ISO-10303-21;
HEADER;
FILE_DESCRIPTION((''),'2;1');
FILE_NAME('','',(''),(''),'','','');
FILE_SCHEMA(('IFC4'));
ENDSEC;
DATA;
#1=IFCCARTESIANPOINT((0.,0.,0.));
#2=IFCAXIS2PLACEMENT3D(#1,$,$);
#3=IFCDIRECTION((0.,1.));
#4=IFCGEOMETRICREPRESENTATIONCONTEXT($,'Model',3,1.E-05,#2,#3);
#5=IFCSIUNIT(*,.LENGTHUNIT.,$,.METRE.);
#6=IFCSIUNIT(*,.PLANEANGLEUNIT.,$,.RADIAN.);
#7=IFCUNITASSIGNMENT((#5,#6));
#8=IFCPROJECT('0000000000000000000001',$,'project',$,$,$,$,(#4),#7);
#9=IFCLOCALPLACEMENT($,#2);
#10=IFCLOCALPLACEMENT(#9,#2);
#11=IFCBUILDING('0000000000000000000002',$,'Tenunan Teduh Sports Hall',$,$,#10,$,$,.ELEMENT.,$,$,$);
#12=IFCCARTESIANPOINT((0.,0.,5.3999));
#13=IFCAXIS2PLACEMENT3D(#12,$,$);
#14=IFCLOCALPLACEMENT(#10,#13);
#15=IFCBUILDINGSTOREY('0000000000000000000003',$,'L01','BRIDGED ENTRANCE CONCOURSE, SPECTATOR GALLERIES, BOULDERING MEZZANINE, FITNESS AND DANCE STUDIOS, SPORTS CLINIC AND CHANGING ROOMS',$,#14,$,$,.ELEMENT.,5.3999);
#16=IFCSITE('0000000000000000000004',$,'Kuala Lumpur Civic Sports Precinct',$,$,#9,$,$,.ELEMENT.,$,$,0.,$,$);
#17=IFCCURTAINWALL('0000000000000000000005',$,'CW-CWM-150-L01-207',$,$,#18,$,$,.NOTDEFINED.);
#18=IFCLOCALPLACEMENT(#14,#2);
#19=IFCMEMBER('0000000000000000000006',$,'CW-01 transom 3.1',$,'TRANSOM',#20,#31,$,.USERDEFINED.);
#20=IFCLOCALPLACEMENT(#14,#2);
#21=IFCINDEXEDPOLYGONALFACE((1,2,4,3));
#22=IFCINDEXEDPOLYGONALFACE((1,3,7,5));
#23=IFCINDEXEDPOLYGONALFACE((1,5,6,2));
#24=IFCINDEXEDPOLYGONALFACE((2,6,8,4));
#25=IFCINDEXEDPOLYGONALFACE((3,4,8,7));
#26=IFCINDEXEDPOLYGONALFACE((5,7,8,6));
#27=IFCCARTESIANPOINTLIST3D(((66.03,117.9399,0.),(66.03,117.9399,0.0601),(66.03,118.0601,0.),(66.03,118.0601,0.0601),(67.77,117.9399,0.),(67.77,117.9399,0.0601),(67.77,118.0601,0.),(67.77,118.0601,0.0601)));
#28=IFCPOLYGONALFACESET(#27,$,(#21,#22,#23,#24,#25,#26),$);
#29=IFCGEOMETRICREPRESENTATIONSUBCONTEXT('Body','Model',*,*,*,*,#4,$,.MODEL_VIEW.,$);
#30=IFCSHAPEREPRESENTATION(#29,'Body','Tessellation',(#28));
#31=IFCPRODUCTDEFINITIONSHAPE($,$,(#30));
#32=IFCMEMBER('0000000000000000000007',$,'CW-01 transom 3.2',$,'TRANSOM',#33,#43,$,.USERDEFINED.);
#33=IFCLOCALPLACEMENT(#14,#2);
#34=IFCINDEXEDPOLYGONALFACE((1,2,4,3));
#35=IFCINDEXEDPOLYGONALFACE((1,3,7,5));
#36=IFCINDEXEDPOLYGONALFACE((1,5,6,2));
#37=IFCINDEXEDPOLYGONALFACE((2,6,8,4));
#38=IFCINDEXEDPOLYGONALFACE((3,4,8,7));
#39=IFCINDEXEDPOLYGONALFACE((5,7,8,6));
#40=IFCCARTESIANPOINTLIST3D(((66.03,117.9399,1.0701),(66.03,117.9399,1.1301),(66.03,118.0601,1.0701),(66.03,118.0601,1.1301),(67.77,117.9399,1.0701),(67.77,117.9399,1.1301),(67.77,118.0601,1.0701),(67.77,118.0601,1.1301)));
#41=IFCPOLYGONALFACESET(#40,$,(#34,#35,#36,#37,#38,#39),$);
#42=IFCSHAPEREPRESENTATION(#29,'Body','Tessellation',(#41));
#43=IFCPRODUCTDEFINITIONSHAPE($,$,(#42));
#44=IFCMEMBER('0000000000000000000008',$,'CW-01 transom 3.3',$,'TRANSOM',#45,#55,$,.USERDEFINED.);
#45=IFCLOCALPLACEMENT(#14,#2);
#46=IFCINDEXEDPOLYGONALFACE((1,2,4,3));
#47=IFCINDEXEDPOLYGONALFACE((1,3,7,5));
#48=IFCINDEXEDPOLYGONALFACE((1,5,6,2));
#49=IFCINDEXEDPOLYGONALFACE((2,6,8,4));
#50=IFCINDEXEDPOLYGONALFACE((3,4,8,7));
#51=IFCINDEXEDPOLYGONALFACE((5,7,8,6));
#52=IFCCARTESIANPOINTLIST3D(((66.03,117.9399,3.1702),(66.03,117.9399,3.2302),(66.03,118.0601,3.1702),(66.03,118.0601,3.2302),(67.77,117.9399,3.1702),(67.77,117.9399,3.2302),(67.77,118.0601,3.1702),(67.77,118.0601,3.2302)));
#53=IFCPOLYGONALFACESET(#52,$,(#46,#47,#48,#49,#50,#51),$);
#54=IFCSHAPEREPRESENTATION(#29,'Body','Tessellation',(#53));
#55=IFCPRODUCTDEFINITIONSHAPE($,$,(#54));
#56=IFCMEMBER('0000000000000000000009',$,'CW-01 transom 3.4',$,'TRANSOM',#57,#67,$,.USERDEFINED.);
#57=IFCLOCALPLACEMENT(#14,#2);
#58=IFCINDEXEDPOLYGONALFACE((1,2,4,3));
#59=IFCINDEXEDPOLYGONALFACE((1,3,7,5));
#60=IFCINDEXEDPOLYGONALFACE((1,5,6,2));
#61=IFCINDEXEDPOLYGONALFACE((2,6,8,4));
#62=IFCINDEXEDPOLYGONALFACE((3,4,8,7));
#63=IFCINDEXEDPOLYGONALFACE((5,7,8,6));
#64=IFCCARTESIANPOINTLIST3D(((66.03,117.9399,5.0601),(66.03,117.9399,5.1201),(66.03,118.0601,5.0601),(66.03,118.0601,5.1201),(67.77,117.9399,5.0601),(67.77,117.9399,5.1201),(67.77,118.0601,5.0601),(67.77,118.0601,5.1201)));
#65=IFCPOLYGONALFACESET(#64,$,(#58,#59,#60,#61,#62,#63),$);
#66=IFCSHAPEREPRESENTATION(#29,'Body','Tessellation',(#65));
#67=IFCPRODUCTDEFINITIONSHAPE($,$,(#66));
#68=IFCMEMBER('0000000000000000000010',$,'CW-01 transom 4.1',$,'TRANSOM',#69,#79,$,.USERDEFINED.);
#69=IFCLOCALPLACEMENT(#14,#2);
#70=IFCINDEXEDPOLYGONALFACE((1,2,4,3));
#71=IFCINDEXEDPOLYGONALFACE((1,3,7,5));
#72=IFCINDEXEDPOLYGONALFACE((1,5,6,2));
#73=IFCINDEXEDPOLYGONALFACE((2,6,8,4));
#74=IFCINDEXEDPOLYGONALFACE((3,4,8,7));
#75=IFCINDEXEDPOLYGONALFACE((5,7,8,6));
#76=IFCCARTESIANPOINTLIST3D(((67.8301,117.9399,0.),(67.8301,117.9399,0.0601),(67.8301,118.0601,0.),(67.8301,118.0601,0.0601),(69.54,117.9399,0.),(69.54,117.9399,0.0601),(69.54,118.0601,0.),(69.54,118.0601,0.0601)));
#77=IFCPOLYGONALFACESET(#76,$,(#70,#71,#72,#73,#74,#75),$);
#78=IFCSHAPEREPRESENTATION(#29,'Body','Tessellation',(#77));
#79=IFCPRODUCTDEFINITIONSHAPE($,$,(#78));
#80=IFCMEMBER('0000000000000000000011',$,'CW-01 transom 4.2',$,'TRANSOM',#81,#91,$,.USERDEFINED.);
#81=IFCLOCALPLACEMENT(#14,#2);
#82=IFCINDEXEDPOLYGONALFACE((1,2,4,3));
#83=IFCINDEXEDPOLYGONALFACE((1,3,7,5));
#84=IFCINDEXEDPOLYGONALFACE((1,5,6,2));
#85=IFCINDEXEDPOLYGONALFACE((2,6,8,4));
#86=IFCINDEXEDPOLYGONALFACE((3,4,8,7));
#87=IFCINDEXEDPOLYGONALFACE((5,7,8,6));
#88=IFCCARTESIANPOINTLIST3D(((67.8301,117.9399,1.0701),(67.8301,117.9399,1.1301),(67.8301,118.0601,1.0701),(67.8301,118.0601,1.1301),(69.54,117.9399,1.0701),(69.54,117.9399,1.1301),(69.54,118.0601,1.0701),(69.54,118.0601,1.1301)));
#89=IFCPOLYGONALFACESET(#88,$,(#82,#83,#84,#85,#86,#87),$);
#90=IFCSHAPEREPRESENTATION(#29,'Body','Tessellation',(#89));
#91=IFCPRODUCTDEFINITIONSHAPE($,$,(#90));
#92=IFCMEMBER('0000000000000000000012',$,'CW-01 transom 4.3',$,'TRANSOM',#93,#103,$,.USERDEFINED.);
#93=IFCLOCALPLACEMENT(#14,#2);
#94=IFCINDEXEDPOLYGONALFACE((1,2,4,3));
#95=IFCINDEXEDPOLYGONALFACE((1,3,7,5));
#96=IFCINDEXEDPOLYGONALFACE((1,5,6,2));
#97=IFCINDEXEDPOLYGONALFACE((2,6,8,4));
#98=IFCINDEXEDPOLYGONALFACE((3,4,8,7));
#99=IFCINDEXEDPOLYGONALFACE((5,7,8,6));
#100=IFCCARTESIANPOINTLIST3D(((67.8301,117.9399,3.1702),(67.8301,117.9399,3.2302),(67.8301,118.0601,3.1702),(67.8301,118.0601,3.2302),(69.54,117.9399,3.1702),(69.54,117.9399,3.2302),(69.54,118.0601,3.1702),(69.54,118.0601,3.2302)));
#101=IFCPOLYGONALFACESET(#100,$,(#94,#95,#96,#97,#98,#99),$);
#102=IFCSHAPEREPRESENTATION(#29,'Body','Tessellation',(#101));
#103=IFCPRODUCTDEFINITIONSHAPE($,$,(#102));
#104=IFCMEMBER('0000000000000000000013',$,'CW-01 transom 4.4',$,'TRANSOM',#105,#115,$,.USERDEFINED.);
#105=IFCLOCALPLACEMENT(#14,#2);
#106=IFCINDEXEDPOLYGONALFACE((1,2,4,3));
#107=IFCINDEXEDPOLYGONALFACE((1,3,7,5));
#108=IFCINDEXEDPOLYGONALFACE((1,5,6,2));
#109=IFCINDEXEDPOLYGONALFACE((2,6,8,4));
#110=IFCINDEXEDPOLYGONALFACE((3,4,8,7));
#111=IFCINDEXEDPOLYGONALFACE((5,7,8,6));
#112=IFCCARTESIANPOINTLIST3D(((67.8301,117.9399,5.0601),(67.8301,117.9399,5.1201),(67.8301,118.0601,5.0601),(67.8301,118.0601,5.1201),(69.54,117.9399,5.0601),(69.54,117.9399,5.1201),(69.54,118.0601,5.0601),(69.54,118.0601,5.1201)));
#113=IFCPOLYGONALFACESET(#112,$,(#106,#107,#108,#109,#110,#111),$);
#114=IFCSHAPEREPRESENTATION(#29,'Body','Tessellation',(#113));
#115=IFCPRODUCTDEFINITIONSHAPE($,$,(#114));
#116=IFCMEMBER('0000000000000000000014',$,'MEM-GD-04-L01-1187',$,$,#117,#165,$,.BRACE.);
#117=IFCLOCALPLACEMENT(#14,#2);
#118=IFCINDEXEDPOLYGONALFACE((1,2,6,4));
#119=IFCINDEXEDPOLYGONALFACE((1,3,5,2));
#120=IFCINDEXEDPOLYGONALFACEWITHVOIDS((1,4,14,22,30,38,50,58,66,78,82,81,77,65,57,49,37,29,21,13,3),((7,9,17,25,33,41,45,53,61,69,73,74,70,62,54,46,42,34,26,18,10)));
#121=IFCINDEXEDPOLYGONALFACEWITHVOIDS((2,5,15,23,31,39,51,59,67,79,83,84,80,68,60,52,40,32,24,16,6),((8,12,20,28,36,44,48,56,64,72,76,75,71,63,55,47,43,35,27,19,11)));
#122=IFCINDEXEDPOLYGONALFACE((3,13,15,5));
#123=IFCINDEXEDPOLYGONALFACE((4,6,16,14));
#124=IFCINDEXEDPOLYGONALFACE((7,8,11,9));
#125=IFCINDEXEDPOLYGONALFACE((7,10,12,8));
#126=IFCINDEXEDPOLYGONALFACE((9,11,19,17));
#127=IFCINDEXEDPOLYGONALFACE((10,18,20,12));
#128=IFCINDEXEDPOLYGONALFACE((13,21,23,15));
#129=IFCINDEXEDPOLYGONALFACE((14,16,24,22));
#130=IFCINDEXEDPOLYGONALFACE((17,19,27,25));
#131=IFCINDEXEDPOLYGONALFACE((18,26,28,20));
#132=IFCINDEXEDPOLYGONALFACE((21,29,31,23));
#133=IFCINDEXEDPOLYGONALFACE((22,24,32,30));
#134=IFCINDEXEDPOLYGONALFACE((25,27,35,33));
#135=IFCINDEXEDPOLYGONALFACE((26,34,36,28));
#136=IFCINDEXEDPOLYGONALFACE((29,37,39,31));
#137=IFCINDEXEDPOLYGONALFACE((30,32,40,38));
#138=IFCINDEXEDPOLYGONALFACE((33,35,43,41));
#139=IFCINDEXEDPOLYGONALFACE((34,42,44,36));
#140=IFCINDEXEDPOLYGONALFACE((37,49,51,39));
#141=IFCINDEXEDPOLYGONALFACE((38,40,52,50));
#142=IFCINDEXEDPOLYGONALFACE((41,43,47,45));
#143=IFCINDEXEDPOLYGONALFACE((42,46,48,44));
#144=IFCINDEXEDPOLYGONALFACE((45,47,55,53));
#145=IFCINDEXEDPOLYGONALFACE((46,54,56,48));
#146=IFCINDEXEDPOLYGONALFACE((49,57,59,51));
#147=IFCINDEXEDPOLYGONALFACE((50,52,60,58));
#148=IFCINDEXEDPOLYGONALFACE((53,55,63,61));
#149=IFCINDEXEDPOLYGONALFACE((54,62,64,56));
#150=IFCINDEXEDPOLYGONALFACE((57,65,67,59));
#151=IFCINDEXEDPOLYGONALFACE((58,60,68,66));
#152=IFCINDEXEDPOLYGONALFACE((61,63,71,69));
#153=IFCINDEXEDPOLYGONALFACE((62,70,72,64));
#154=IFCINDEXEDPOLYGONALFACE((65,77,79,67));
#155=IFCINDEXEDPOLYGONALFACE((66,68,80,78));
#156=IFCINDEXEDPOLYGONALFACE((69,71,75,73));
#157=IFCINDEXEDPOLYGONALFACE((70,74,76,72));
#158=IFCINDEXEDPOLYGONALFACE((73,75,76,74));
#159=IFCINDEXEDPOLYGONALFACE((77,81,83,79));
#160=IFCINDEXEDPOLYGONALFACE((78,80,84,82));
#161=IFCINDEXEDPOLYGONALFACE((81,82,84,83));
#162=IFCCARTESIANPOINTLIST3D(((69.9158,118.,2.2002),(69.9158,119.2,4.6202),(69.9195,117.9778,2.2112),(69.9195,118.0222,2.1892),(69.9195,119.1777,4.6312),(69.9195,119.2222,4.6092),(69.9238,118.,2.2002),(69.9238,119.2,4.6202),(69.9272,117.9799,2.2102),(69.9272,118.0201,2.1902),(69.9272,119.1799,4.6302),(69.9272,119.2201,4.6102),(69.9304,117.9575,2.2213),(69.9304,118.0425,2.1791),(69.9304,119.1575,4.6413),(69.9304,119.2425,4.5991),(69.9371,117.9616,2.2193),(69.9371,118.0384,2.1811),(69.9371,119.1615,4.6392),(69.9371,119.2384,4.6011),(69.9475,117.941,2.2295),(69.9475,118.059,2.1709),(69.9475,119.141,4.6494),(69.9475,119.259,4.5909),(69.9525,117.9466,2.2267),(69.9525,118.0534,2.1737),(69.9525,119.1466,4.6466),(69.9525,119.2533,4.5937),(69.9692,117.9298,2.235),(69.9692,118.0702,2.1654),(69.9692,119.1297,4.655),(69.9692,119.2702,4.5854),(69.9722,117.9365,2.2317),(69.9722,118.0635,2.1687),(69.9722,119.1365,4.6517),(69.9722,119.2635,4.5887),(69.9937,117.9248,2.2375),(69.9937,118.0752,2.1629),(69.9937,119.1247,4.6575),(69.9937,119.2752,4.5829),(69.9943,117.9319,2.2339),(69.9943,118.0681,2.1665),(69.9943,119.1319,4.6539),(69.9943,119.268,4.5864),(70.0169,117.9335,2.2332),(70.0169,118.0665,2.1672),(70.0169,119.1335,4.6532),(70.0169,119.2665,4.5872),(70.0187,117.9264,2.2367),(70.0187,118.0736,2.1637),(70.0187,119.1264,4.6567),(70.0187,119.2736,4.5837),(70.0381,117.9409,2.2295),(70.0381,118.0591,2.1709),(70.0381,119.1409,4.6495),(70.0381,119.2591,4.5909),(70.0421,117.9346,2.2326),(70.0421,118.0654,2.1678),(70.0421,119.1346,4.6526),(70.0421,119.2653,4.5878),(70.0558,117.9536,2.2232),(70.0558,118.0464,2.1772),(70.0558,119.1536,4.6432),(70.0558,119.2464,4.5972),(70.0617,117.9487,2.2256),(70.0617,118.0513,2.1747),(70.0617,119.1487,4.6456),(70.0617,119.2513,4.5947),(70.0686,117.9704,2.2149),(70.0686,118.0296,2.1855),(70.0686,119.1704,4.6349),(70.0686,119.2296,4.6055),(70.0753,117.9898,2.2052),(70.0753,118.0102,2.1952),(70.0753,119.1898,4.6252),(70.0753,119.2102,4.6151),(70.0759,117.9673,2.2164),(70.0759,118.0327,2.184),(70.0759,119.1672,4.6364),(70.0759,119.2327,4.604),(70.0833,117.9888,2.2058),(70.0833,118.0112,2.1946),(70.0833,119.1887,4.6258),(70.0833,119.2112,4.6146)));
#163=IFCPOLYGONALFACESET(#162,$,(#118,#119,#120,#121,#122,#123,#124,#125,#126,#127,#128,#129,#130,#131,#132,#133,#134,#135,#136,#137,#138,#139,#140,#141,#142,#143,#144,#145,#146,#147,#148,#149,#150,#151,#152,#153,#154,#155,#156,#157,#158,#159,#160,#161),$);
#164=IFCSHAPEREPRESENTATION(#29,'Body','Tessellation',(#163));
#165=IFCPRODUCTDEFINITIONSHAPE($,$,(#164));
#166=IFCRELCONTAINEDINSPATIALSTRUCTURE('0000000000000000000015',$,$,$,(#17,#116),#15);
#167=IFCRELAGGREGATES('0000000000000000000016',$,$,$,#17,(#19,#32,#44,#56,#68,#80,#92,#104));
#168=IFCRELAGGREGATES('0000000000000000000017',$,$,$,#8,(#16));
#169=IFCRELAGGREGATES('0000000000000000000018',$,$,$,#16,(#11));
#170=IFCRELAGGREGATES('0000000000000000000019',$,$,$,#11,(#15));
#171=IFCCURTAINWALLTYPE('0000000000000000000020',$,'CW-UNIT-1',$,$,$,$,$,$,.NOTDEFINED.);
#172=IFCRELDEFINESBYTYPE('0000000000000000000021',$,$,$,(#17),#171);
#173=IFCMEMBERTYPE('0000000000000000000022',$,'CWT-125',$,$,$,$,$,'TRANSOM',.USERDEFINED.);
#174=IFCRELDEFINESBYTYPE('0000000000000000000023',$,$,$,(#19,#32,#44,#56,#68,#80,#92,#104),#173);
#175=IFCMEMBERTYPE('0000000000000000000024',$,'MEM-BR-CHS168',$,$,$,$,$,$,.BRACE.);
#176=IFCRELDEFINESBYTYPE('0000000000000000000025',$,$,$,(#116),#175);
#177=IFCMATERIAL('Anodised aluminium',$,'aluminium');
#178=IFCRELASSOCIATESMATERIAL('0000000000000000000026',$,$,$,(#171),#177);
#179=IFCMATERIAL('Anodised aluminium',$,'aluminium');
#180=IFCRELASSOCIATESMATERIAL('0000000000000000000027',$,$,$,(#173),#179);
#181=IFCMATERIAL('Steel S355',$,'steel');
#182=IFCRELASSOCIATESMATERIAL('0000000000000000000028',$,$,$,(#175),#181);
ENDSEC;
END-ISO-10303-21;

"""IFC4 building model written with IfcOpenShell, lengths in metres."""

from ifc_helpers import new_model, si_unit, direction, frame, origin, origin_2d, place, context, subcontext, project, spatial, rectangle, hollow_circle, extrude, material, material_profile, profile_set, type_object, element, aggregate, save


model = new_model("IFC4")

# Units and contexts
model_context = context("Model", 3, precision=1e-05, world=origin(), true_north=direction((0.0, 1.0)))
body_context = subcontext(model_context, "Body", "Model", "MODEL_VIEW")
ifc_project = project(units=[si_unit("LENGTHUNIT", "METRE"), si_unit("PLANEANGLEUNIT", "RADIAN")], contexts=[model_context])

# Site, building, storey
site_placement = place(None, origin())
site = spatial("IfcSite", under=ifc_project, at=site_placement, Name="Kuala Lumpur Civic Sports Precinct", CompositionType="ELEMENT", RefElevation=0.0)
building_placement = place(site_placement, origin())
building = spatial("IfcBuilding", under=site, at=building_placement, Name="Tenunan Teduh Sports Hall", CompositionType="ELEMENT")
storey_placement = place(building_placement, frame((0.0, 0.0, 5.3999)))
storey = spatial("IfcBuildingStorey", under=building, at=storey_placement, Name="L01", Description="BRIDGED ENTRANCE CONCOURSE, SPECTATOR GALLERIES, BOULDERING MEZZANINE, FITNESS AND DANCE STUDIOS, SPORTS CLINIC AND CHANGING ROOMS", CompositionType="ELEMENT", Elevation=5.3999)

# Curtain wall, members
ifc_material_1 = material(Name="Anodised aluminium", Category="aluminium")
curtain_wall_type = type_object("IfcCurtainWallType", Name="CW-UNIT-1", PredefinedType="NOTDEFINED", material=ifc_material_1)
curtain_wall_placement = place(storey_placement, origin())
curtain_wall = element("IfcCurtainWall", 1, at=curtain_wall_placement, inside=storey, type_object=curtain_wall_type, Name="CW-CWM-150-L01-207", PredefinedType="NOTDEFINED")
ifc_material_2 = material(Name="Anodised aluminium", Category="aluminium")
ifc_material_profile_1 = material_profile(ifc_material_2, rectangle(XDim=0.0601, YDim=0.1201, at=origin_2d()), Name="CWT 60x120")
ifc_profile_set_1 = profile_set([ifc_material_profile_1], Name="Anodised aluminium")
member_type_1 = type_object("IfcMemberType", Name="CWT-125", ElementType="TRANSOM", PredefinedType="USERDEFINED", material=ifc_profile_set_1)
member_1_placement = place(storey_placement, frame((66.03, 118.0, 0.03), z_axis=(1.0, 0.0, 0.0), x_axis=(0.0, 0.0, 1.0)))
member_1 = element("IfcMember", 2, at=member_1_placement, type_object=member_type_1, Name="CW-01 transom 3.1", ObjectType="TRANSOM", PredefinedType="USERDEFINED", context=body_context, shape_type="SweptSolid", body=[
    extrude(rectangle(XDim=0.0601, YDim=0.1201, at=origin_2d()), origin(), (0.0, 0.0, 1.0), 1.74),
])
member_2_placement = place(storey_placement, frame((66.03, 118.0, 1.1001), z_axis=(1.0, 0.0, 0.0), x_axis=(0.0, 0.0, 1.0)))
member_2 = element("IfcMember", 3, at=member_2_placement, type_object=member_type_1, Name="CW-01 transom 3.2", ObjectType="TRANSOM", PredefinedType="USERDEFINED", context=body_context, shape_type="SweptSolid", body=[
    extrude(rectangle(XDim=0.0601, YDim=0.1201, at=origin_2d()), origin(), (0.0, 0.0, 1.0), 1.74),
])
member_3_placement = place(storey_placement, frame((66.03, 118.0, 3.2002), z_axis=(1.0, 0.0, 0.0), x_axis=(0.0, 0.0, 1.0)))
member_3 = element("IfcMember", 4, at=member_3_placement, type_object=member_type_1, Name="CW-01 transom 3.3", ObjectType="TRANSOM", PredefinedType="USERDEFINED", context=body_context, shape_type="SweptSolid", body=[
    extrude(rectangle(XDim=0.0601, YDim=0.1201, at=origin_2d()), origin(), (0.0, 0.0, 1.0), 1.74),
])
member_4_placement = place(storey_placement, frame((66.03, 118.0, 5.0901), z_axis=(1.0, 0.0, 0.0), x_axis=(0.0, 0.0, 1.0)))
member_4 = element("IfcMember", 5, at=member_4_placement, type_object=member_type_1, Name="CW-01 transom 3.4", ObjectType="TRANSOM", PredefinedType="USERDEFINED", context=body_context, shape_type="SweptSolid", body=[
    extrude(rectangle(XDim=0.0601, YDim=0.1201, at=origin_2d()), origin(), (0.0, 0.0, 1.0), 1.74),
])
member_5_placement = place(storey_placement, frame((67.8301, 118.0, 0.03), z_axis=(1.0, 0.0, 0.0), x_axis=(0.0, 0.0, 1.0)))
member_5 = element("IfcMember", 6, at=member_5_placement, type_object=member_type_1, Name="CW-01 transom 4.1", ObjectType="TRANSOM", PredefinedType="USERDEFINED", context=body_context, shape_type="SweptSolid", body=[
    extrude(rectangle(XDim=0.0601, YDim=0.1201, at=origin_2d()), origin(), (0.0, 0.0, 1.0), 1.71),
])
member_6_placement = place(storey_placement, frame((67.8301, 118.0, 1.1001), z_axis=(1.0, 0.0, 0.0), x_axis=(0.0, 0.0, 1.0)))
member_6 = element("IfcMember", 7, at=member_6_placement, type_object=member_type_1, Name="CW-01 transom 4.2", ObjectType="TRANSOM", PredefinedType="USERDEFINED", context=body_context, shape_type="SweptSolid", body=[
    extrude(rectangle(XDim=0.0601, YDim=0.1201, at=origin_2d()), origin(), (0.0, 0.0, 1.0), 1.71),
])
member_7_placement = place(storey_placement, frame((67.8301, 118.0, 3.2002), z_axis=(1.0, 0.0, 0.0), x_axis=(0.0, 0.0, 1.0)))
member_7 = element("IfcMember", 8, at=member_7_placement, type_object=member_type_1, Name="CW-01 transom 4.3", ObjectType="TRANSOM", PredefinedType="USERDEFINED", context=body_context, shape_type="SweptSolid", body=[
    extrude(rectangle(XDim=0.0601, YDim=0.1201, at=origin_2d()), origin(), (0.0, 0.0, 1.0), 1.71),
])
member_8_placement = place(storey_placement, frame((67.8301, 118.0, 5.0901), z_axis=(1.0, 0.0, 0.0), x_axis=(0.0, 0.0, 1.0)))
member_8 = element("IfcMember", 9, at=member_8_placement, type_object=member_type_1, Name="CW-01 transom 4.4", ObjectType="TRANSOM", PredefinedType="USERDEFINED", context=body_context, shape_type="SweptSolid", body=[
    extrude(rectangle(XDim=0.0601, YDim=0.1201, at=origin_2d()), origin(), (0.0, 0.0, 1.0), 1.71),
])

# Member
ifc_material_3 = material(Name="Steel S355", Category="steel")
ifc_material_profile_2 = material_profile(ifc_material_3, hollow_circle(Radius=0.0842, WallThickness=0.0081, at=origin_2d()), Name="CHS 168.3x8.0")
ifc_profile_set_2 = profile_set([ifc_material_profile_2], Name="Steel S355")
member_type_2 = type_object("IfcMemberType", Name="MEM-BR-CHS168", PredefinedType="BRACE", material=ifc_profile_set_2)
member_9_placement = place(storey_placement, frame((70.0, 118.0, 2.2002), z_axis=(0.0, 0.444246, 0.895905), x_axis=(-1.0, 0.0, 0.0)))
element("IfcMember", 10, at=member_9_placement, inside=storey, type_object=member_type_2, Name="MEM-GD-04-L01-1187", PredefinedType="BRACE", context=body_context, shape_type="SweptSolid", body=[
    extrude(hollow_circle(Radius=0.0842, WallThickness=0.0081, at=origin_2d()), origin(), (0.0, 0.0, 1.0), 2.7012),
])

aggregate(curtain_wall, [member_1, member_2, member_3, member_4, member_5, member_6, member_7, member_8])

save(model, "model.ifc")
